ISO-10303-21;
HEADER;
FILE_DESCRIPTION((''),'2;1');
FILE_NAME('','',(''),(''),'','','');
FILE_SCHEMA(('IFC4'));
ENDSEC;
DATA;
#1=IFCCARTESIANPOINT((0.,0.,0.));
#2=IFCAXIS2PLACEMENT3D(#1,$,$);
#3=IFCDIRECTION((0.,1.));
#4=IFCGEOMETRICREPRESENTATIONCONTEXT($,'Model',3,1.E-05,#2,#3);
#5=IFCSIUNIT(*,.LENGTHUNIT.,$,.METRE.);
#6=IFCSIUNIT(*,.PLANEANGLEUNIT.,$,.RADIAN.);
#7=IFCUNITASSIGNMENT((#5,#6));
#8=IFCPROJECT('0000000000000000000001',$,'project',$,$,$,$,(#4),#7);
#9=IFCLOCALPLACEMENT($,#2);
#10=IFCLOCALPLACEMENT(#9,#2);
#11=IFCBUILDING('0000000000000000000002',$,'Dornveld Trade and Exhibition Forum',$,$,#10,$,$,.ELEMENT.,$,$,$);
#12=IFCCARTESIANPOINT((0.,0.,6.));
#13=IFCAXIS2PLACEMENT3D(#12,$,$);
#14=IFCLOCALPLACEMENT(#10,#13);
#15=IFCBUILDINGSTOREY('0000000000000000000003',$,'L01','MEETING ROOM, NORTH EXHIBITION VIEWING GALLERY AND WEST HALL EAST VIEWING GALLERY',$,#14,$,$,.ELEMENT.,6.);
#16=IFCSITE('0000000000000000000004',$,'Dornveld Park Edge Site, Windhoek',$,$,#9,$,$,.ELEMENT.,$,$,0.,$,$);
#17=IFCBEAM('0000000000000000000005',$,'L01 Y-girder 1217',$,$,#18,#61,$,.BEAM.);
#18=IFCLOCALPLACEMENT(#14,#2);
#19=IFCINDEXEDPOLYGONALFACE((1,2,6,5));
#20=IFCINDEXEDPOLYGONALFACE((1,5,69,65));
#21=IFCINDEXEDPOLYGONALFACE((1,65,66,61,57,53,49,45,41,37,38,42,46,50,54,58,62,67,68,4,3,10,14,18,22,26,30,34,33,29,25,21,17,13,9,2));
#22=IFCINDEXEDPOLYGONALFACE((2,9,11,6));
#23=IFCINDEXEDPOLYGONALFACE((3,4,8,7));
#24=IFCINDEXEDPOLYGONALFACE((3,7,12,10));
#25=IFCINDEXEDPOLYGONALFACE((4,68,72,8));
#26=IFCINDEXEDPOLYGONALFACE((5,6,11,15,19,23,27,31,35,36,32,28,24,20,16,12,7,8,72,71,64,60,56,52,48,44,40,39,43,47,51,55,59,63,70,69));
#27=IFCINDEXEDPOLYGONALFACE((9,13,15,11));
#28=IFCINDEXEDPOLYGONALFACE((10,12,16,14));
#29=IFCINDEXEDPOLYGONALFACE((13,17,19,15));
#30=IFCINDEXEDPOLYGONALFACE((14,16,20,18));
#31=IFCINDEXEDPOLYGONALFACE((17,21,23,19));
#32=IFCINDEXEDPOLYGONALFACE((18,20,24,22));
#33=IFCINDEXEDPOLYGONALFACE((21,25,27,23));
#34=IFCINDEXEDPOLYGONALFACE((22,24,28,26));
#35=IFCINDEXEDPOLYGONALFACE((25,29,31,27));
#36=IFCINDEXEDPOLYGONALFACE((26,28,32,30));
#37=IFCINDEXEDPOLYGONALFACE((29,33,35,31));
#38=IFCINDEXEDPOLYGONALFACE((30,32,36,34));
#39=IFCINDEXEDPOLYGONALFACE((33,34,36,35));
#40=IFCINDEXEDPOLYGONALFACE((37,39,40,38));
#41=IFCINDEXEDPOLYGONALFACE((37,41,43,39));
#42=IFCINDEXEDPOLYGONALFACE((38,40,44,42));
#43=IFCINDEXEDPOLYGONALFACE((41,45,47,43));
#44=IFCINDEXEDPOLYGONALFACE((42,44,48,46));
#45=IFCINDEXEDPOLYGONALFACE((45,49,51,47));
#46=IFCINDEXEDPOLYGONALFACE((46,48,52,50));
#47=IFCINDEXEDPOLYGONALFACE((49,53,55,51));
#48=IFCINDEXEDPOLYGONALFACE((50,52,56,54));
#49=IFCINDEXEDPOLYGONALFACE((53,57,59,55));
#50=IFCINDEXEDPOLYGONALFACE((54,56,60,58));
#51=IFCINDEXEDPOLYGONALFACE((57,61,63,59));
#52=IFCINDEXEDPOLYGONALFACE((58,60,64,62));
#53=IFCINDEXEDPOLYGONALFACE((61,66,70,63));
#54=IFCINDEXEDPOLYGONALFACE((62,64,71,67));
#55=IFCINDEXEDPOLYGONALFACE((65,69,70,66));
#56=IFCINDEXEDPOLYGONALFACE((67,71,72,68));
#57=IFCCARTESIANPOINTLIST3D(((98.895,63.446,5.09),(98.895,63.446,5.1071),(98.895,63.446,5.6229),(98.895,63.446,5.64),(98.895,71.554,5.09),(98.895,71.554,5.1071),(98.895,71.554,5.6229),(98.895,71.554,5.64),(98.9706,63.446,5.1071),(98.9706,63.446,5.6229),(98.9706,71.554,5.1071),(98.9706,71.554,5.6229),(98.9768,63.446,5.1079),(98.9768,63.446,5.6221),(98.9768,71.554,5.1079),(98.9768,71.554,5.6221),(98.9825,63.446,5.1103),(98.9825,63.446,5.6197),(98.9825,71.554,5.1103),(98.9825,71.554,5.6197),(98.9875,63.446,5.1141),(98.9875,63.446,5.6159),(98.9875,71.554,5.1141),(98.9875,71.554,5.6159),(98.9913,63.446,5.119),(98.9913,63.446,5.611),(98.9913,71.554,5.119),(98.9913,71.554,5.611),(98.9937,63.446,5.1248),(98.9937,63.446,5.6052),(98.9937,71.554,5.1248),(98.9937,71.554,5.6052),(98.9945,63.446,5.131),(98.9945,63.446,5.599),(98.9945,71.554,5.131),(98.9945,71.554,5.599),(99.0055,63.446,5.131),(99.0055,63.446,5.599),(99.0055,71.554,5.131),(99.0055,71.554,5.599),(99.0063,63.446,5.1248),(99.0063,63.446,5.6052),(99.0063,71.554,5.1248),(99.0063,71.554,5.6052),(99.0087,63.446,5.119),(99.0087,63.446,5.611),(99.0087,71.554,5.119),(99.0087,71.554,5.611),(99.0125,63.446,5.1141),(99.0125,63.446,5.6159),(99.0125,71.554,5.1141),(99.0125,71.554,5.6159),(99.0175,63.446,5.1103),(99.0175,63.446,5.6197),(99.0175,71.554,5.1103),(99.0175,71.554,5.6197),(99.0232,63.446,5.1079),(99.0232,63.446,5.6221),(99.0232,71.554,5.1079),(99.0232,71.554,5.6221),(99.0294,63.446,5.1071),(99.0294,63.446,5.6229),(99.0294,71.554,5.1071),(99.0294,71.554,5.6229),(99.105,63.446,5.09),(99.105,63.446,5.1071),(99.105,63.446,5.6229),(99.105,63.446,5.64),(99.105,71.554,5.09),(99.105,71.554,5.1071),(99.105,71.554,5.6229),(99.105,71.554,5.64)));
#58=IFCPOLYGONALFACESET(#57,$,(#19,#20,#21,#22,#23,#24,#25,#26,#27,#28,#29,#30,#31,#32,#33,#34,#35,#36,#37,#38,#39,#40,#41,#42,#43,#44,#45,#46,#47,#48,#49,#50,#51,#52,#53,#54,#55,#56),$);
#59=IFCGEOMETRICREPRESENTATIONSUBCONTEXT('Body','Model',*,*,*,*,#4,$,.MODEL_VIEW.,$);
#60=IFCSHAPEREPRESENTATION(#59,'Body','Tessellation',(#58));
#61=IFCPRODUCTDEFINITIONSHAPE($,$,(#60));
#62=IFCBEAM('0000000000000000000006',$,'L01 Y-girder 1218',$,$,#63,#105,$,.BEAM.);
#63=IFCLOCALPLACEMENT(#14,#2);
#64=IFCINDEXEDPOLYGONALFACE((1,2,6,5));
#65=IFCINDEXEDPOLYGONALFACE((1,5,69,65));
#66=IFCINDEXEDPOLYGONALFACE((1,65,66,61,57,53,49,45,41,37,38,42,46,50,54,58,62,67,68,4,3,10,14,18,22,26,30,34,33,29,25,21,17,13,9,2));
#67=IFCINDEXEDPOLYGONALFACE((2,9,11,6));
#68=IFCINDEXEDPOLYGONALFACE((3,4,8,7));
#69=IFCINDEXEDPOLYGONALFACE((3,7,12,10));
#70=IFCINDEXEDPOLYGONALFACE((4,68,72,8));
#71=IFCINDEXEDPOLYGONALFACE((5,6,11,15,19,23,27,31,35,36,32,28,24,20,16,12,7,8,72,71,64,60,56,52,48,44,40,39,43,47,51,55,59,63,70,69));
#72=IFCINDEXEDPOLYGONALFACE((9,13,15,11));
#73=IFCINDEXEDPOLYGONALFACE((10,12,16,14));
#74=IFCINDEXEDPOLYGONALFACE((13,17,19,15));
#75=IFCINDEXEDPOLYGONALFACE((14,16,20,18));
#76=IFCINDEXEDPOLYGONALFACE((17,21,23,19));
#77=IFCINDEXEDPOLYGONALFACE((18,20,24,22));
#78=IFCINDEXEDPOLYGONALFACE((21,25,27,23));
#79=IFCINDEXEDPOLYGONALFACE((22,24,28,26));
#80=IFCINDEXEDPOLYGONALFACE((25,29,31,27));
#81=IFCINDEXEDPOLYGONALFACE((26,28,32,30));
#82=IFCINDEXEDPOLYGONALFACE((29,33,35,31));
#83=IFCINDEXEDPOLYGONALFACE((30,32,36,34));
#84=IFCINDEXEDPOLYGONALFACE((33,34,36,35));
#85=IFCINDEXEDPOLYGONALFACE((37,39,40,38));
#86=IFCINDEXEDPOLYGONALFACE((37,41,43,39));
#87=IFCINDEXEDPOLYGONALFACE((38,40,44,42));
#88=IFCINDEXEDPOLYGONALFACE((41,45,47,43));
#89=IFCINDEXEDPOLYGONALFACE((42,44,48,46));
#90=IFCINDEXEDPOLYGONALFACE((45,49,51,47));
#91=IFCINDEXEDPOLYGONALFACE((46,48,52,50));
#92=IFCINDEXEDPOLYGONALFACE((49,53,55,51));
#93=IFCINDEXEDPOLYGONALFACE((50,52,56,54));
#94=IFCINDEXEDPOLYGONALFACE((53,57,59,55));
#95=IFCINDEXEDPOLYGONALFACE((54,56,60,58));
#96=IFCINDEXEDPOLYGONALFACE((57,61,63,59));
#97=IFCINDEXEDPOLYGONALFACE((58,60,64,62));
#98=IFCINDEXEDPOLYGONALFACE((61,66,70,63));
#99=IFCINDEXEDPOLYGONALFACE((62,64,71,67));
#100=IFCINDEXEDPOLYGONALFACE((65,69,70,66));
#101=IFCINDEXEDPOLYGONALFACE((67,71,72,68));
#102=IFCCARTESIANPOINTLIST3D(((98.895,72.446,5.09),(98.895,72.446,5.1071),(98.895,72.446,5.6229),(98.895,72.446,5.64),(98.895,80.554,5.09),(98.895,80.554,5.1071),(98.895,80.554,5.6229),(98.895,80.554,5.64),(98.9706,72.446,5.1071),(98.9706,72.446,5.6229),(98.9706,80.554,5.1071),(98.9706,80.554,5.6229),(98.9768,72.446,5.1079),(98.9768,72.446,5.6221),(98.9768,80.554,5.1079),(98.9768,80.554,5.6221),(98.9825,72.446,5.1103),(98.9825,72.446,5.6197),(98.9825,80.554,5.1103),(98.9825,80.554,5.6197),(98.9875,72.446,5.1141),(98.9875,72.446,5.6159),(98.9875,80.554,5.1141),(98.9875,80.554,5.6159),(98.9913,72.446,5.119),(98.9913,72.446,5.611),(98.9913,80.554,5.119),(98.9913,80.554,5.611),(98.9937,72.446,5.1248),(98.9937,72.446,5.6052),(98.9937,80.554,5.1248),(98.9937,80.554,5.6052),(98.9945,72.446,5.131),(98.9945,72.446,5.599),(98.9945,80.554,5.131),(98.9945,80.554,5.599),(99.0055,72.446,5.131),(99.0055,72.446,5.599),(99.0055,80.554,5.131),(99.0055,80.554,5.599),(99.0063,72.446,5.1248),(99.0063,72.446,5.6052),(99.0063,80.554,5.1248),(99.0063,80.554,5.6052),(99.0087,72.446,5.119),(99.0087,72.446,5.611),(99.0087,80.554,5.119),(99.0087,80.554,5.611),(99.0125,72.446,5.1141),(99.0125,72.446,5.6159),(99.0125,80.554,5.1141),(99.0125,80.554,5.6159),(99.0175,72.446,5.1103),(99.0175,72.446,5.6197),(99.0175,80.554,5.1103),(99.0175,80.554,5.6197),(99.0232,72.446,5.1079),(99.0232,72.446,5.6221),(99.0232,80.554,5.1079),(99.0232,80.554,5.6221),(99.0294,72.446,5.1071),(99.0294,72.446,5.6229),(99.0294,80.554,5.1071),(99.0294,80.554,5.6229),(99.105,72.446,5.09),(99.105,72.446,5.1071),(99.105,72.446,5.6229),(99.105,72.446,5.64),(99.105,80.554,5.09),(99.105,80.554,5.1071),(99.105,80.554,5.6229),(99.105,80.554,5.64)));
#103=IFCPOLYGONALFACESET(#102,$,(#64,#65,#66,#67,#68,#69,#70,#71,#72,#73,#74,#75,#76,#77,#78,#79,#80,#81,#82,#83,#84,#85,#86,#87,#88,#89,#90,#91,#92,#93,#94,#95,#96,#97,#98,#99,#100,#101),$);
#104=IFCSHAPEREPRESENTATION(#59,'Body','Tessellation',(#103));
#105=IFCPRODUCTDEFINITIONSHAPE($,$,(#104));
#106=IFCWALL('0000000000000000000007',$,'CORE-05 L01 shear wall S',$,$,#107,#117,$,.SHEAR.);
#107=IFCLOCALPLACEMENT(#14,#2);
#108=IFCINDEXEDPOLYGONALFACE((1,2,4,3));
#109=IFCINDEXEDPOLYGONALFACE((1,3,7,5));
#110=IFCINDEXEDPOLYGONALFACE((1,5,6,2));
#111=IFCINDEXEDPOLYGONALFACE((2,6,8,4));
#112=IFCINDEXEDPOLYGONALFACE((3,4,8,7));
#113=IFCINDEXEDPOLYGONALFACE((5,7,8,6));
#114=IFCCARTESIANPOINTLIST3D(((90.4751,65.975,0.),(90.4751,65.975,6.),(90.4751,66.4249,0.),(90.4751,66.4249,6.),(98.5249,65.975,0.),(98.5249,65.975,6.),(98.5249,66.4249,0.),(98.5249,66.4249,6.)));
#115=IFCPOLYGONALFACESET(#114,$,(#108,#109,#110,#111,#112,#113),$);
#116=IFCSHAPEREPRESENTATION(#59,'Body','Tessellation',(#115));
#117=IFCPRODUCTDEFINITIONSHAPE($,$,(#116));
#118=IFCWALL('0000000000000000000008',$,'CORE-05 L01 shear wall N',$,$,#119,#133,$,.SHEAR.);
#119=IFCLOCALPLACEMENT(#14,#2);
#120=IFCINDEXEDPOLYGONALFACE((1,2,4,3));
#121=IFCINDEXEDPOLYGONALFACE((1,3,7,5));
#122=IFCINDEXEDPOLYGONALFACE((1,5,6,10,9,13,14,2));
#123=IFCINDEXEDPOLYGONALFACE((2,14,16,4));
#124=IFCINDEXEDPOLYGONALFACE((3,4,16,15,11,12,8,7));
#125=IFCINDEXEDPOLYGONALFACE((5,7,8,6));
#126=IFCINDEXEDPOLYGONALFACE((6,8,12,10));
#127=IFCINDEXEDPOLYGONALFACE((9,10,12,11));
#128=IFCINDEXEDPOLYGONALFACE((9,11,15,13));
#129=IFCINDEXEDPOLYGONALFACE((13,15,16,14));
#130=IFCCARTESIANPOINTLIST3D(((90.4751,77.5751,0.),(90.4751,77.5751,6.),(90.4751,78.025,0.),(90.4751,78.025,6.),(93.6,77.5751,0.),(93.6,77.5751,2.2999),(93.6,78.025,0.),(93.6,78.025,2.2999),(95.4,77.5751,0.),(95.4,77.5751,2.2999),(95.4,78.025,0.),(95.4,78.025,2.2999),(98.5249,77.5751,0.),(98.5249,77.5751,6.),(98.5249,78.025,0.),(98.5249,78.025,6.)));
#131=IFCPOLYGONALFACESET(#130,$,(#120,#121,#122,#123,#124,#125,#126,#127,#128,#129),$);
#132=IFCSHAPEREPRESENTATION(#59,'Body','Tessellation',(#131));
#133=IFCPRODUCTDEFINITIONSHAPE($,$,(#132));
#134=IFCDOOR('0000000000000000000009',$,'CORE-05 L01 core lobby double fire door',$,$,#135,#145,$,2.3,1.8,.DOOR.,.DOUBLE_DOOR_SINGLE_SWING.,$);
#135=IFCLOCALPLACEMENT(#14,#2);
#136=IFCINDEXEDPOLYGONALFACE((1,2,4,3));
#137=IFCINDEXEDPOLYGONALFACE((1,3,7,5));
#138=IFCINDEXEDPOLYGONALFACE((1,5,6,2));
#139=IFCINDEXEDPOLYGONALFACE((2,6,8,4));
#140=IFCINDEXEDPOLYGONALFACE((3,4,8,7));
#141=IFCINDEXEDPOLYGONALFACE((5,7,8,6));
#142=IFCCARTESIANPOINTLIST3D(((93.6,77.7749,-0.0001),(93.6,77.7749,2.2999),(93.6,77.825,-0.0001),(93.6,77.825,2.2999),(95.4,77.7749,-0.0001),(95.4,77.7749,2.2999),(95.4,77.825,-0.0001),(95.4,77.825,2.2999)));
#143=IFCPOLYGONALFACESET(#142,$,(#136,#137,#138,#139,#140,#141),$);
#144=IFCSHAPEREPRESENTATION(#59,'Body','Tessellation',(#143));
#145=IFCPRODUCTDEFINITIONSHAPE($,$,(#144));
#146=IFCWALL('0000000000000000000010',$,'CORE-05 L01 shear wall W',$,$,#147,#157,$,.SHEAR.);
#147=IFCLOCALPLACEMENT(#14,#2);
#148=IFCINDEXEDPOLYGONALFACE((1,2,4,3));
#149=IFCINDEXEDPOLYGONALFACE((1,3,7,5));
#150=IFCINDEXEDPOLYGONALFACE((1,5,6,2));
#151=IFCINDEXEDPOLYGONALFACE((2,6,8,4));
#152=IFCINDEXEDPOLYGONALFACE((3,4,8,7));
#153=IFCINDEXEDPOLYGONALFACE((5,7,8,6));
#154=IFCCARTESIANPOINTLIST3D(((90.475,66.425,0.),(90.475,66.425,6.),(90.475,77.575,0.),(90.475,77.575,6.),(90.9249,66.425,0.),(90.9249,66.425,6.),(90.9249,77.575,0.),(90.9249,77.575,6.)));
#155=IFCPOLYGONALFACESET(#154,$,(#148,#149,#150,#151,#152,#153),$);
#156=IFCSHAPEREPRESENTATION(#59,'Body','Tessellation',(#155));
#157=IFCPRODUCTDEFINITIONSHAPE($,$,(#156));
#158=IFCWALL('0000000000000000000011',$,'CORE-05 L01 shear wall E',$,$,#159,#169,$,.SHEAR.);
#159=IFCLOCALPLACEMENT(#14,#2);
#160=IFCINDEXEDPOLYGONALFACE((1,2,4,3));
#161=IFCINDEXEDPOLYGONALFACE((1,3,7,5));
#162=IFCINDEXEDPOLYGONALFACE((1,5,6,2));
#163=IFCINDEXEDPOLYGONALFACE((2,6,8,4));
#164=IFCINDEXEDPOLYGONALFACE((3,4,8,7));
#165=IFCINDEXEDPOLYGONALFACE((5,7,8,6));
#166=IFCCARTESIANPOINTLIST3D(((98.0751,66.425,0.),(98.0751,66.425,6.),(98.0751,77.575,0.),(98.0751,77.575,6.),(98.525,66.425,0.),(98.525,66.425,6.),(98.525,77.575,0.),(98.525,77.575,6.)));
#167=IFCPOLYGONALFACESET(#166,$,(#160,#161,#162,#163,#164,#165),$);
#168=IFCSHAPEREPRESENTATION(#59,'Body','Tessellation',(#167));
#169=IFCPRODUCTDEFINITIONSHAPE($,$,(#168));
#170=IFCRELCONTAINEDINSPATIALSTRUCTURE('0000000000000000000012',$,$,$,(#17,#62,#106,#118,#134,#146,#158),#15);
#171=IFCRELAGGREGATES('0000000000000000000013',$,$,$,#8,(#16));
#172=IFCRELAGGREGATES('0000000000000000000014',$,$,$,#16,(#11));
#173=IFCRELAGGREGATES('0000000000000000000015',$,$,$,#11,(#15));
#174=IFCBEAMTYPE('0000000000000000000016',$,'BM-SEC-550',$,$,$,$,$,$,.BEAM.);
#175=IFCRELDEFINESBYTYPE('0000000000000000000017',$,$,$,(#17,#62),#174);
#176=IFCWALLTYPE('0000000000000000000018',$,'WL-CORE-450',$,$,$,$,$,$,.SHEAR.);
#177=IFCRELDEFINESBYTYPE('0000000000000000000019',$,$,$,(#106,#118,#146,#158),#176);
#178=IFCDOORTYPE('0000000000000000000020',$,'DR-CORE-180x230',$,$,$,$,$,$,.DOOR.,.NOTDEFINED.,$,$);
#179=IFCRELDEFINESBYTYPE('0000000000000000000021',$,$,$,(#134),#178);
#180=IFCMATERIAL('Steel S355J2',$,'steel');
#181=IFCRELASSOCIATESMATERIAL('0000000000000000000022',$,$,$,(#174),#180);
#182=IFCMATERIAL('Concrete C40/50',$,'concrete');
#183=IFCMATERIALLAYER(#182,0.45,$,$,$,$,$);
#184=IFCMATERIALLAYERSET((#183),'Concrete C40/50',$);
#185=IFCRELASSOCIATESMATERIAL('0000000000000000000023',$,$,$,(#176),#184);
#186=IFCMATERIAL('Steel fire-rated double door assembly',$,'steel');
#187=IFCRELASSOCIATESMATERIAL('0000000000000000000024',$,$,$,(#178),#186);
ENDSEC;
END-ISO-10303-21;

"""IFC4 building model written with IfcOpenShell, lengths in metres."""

from ifc_helpers import new_model, si_unit, direction, frame, frame_2d, origin, origin_2d, place, context, subcontext, project, spatial, rectangle, i_section, extrude, material, layer, layer_set, material_profile, profile_set, type_object, element, fill, save


model = new_model("IFC4")

# Units and contexts
model_context = context("Model", 3, precision=1e-05, world=origin(), true_north=direction((0.0, 1.0)))
body_context = subcontext(model_context, "Body", "Model", "MODEL_VIEW")
ifc_project = project(units=[si_unit("LENGTHUNIT", "METRE"), si_unit("PLANEANGLEUNIT", "RADIAN")], contexts=[model_context])

# Site, building, storey
site_placement = place(None, origin())
site = spatial("IfcSite", under=ifc_project, at=site_placement, Name="Dornveld Park Edge Site, Windhoek", CompositionType="ELEMENT", RefElevation=0.0)
building_placement = place(site_placement, origin())
building = spatial("IfcBuilding", under=site, at=building_placement, Name="Dornveld Trade and Exhibition Forum", CompositionType="ELEMENT")
storey_placement = place(building_placement, frame((0.0, 0.0, 6.0)))
storey = spatial("IfcBuildingStorey", under=building, at=storey_placement, Name="L01", Description="MEETING ROOM, NORTH EXHIBITION VIEWING GALLERY AND WEST HALL EAST VIEWING GALLERY", CompositionType="ELEMENT", Elevation=6.0)

# Beams
ifc_material_1 = material(Name="Steel S355J2", Category="steel")
ifc_material_profile_1 = material_profile(ifc_material_1, i_section(OverallWidth=0.21, OverallDepth=0.55, WebThickness=0.011, FlangeThickness=0.0171, FilletRadius=0.0239, at=origin_2d()), Name="IPE 550")
ifc_profile_set_1 = profile_set([ifc_material_profile_1], Name="Steel S355J2")
beam_type_1 = type_object("IfcBeamType", Name="BM-SEC-550", PredefinedType="BEAM", material=ifc_profile_set_1)
for number, where, z_axis, x_axis, name in (
    (1, (99.0, 63.446, 5.365), (0.0, 1.0, 0.0), (-1.0, 0.0, 0.0), "L01 Y-girder 1217"),
    (2, (99.0, 72.446, 5.365), (0.0, 1.0, 0.0), (-1.0, 0.0, 0.0), "L01 Y-girder 1218"),
):
    element("IfcBeam", number, at=place(storey_placement, frame(where, z_axis=z_axis, x_axis=x_axis)), inside=storey, type_object=beam_type_1, Name=name, PredefinedType="BEAM", context=body_context, shape_type="SweptSolid", body=[
        extrude(i_section(OverallWidth=0.21, OverallDepth=0.55, WebThickness=0.011, FlangeThickness=0.0171, FilletRadius=0.0239, at=origin_2d()), origin(), (0.0, 0.0, 1.0), 8.1079),
    ])

# Wall
ifc_material_2 = material(Name="Concrete C40/50", Category="concrete")
ifc_layer_1 = layer(ifc_material_2, 0.45)
ifc_layer_set_1 = layer_set([ifc_layer_1], Name="Concrete C40/50")
wall_type_1 = type_object("IfcWallType", Name="WL-CORE-450", PredefinedType="SHEAR", material=ifc_layer_set_1)
wall_1_placement = place(storey_placement, frame((90.4751, 66.2, 0.0), z_axis=(0.0, 0.0, 1.0), x_axis=(1.0, 0.0, 0.0)))
element("IfcWall", 3, at=wall_1_placement, inside=storey, type_object=wall_type_1, Name="CORE-05 L01 shear wall S", PredefinedType="SHEAR", context=body_context, shape_type="SweptSolid", body=[
    extrude(rectangle(XDim=8.0498, YDim=0.45, at=frame_2d((4.0249, 0.0))), origin(), (0.0, 0.0, 1.0), 6.0),
])

# Wall, opening, door
wall_2_placement = place(storey_placement, frame((90.4751, 77.8, 0.0), z_axis=(0.0, 0.0, 1.0), x_axis=(1.0, 0.0, 0.0)))
wall_2 = element("IfcWall", 4, at=wall_2_placement, inside=storey, type_object=wall_type_1, Name="CORE-05 L01 shear wall N", PredefinedType="SHEAR", context=body_context, shape_type="SweptSolid", body=[
    extrude(rectangle(XDim=8.0498, YDim=0.45, at=frame_2d((4.0249, 0.0))), origin(), (0.0, 0.0, 1.0), 6.0),
])
opening_1_placement = place(wall_2_placement, frame((3.125, 0.0, 0.0)))
opening_1 = element("IfcOpeningElement", 5, at=opening_1_placement, cuts=wall_2, PredefinedType="OPENING", context=body_context, shape_type="SweptSolid", body=[
    extrude(rectangle(XDim=1.8, YDim=2.3, at=frame_2d((0.8999, 1.1499))), frame((0.0, 0.2349, 0.0), z_axis=(0.0, -1.0, 0.0), x_axis=(1.0, 0.0, 0.0)), (0.0, 0.0, 1.0), 0.47),
])
ifc_material_3 = material(Name="Steel fire-rated double door assembly", Category="steel")
door_type_1 = type_object("IfcDoorType", Name="DR-CORE-180x230", OperationType="NOTDEFINED", PredefinedType="DOOR", material=ifc_material_3)
door_1_placement = place(opening_1_placement, origin())
door_1 = element("IfcDoor", 6, at=door_1_placement, inside=storey, type_object=door_type_1, Name="CORE-05 L01 core lobby double fire door", OperationType="DOUBLE_DOOR_SINGLE_SWING", OverallHeight=2.3, OverallWidth=1.8, PredefinedType="DOOR", context=body_context, shape_type="SweptSolid", body=[
    extrude(rectangle(XDim=1.8, YDim=2.3, at=frame_2d((0.8999, 1.1499))), frame((0.0, 0.0249, 0.0), z_axis=(0.0, -1.0, 0.0), x_axis=(1.0, 0.0, 0.0)), (0.0, 0.0, 1.0), 0.05),
])
fill(opening_1, door_1)

# Walls
for number, where, z_axis, x_axis, name in (
    (7, (90.7, 66.425, 0.0), (0.0, 0.0, 1.0), (0.0, 1.0, 0.0), "CORE-05 L01 shear wall W"),
    (8, (98.3, 66.425, 0.0), (0.0, 0.0, 1.0), (0.0, 1.0, 0.0), "CORE-05 L01 shear wall E"),
):
    element("IfcWall", number, at=place(storey_placement, frame(where, z_axis=z_axis, x_axis=x_axis)), inside=storey, type_object=wall_type_1, Name=name, PredefinedType="SHEAR", context=body_context, shape_type="SweptSolid", body=[
        extrude(rectangle(XDim=11.1499, YDim=0.45, at=frame_2d((5.575, 0.0))), origin(), (0.0, 0.0, 1.0), 6.0),
    ])

save(model, "model.ifc")
